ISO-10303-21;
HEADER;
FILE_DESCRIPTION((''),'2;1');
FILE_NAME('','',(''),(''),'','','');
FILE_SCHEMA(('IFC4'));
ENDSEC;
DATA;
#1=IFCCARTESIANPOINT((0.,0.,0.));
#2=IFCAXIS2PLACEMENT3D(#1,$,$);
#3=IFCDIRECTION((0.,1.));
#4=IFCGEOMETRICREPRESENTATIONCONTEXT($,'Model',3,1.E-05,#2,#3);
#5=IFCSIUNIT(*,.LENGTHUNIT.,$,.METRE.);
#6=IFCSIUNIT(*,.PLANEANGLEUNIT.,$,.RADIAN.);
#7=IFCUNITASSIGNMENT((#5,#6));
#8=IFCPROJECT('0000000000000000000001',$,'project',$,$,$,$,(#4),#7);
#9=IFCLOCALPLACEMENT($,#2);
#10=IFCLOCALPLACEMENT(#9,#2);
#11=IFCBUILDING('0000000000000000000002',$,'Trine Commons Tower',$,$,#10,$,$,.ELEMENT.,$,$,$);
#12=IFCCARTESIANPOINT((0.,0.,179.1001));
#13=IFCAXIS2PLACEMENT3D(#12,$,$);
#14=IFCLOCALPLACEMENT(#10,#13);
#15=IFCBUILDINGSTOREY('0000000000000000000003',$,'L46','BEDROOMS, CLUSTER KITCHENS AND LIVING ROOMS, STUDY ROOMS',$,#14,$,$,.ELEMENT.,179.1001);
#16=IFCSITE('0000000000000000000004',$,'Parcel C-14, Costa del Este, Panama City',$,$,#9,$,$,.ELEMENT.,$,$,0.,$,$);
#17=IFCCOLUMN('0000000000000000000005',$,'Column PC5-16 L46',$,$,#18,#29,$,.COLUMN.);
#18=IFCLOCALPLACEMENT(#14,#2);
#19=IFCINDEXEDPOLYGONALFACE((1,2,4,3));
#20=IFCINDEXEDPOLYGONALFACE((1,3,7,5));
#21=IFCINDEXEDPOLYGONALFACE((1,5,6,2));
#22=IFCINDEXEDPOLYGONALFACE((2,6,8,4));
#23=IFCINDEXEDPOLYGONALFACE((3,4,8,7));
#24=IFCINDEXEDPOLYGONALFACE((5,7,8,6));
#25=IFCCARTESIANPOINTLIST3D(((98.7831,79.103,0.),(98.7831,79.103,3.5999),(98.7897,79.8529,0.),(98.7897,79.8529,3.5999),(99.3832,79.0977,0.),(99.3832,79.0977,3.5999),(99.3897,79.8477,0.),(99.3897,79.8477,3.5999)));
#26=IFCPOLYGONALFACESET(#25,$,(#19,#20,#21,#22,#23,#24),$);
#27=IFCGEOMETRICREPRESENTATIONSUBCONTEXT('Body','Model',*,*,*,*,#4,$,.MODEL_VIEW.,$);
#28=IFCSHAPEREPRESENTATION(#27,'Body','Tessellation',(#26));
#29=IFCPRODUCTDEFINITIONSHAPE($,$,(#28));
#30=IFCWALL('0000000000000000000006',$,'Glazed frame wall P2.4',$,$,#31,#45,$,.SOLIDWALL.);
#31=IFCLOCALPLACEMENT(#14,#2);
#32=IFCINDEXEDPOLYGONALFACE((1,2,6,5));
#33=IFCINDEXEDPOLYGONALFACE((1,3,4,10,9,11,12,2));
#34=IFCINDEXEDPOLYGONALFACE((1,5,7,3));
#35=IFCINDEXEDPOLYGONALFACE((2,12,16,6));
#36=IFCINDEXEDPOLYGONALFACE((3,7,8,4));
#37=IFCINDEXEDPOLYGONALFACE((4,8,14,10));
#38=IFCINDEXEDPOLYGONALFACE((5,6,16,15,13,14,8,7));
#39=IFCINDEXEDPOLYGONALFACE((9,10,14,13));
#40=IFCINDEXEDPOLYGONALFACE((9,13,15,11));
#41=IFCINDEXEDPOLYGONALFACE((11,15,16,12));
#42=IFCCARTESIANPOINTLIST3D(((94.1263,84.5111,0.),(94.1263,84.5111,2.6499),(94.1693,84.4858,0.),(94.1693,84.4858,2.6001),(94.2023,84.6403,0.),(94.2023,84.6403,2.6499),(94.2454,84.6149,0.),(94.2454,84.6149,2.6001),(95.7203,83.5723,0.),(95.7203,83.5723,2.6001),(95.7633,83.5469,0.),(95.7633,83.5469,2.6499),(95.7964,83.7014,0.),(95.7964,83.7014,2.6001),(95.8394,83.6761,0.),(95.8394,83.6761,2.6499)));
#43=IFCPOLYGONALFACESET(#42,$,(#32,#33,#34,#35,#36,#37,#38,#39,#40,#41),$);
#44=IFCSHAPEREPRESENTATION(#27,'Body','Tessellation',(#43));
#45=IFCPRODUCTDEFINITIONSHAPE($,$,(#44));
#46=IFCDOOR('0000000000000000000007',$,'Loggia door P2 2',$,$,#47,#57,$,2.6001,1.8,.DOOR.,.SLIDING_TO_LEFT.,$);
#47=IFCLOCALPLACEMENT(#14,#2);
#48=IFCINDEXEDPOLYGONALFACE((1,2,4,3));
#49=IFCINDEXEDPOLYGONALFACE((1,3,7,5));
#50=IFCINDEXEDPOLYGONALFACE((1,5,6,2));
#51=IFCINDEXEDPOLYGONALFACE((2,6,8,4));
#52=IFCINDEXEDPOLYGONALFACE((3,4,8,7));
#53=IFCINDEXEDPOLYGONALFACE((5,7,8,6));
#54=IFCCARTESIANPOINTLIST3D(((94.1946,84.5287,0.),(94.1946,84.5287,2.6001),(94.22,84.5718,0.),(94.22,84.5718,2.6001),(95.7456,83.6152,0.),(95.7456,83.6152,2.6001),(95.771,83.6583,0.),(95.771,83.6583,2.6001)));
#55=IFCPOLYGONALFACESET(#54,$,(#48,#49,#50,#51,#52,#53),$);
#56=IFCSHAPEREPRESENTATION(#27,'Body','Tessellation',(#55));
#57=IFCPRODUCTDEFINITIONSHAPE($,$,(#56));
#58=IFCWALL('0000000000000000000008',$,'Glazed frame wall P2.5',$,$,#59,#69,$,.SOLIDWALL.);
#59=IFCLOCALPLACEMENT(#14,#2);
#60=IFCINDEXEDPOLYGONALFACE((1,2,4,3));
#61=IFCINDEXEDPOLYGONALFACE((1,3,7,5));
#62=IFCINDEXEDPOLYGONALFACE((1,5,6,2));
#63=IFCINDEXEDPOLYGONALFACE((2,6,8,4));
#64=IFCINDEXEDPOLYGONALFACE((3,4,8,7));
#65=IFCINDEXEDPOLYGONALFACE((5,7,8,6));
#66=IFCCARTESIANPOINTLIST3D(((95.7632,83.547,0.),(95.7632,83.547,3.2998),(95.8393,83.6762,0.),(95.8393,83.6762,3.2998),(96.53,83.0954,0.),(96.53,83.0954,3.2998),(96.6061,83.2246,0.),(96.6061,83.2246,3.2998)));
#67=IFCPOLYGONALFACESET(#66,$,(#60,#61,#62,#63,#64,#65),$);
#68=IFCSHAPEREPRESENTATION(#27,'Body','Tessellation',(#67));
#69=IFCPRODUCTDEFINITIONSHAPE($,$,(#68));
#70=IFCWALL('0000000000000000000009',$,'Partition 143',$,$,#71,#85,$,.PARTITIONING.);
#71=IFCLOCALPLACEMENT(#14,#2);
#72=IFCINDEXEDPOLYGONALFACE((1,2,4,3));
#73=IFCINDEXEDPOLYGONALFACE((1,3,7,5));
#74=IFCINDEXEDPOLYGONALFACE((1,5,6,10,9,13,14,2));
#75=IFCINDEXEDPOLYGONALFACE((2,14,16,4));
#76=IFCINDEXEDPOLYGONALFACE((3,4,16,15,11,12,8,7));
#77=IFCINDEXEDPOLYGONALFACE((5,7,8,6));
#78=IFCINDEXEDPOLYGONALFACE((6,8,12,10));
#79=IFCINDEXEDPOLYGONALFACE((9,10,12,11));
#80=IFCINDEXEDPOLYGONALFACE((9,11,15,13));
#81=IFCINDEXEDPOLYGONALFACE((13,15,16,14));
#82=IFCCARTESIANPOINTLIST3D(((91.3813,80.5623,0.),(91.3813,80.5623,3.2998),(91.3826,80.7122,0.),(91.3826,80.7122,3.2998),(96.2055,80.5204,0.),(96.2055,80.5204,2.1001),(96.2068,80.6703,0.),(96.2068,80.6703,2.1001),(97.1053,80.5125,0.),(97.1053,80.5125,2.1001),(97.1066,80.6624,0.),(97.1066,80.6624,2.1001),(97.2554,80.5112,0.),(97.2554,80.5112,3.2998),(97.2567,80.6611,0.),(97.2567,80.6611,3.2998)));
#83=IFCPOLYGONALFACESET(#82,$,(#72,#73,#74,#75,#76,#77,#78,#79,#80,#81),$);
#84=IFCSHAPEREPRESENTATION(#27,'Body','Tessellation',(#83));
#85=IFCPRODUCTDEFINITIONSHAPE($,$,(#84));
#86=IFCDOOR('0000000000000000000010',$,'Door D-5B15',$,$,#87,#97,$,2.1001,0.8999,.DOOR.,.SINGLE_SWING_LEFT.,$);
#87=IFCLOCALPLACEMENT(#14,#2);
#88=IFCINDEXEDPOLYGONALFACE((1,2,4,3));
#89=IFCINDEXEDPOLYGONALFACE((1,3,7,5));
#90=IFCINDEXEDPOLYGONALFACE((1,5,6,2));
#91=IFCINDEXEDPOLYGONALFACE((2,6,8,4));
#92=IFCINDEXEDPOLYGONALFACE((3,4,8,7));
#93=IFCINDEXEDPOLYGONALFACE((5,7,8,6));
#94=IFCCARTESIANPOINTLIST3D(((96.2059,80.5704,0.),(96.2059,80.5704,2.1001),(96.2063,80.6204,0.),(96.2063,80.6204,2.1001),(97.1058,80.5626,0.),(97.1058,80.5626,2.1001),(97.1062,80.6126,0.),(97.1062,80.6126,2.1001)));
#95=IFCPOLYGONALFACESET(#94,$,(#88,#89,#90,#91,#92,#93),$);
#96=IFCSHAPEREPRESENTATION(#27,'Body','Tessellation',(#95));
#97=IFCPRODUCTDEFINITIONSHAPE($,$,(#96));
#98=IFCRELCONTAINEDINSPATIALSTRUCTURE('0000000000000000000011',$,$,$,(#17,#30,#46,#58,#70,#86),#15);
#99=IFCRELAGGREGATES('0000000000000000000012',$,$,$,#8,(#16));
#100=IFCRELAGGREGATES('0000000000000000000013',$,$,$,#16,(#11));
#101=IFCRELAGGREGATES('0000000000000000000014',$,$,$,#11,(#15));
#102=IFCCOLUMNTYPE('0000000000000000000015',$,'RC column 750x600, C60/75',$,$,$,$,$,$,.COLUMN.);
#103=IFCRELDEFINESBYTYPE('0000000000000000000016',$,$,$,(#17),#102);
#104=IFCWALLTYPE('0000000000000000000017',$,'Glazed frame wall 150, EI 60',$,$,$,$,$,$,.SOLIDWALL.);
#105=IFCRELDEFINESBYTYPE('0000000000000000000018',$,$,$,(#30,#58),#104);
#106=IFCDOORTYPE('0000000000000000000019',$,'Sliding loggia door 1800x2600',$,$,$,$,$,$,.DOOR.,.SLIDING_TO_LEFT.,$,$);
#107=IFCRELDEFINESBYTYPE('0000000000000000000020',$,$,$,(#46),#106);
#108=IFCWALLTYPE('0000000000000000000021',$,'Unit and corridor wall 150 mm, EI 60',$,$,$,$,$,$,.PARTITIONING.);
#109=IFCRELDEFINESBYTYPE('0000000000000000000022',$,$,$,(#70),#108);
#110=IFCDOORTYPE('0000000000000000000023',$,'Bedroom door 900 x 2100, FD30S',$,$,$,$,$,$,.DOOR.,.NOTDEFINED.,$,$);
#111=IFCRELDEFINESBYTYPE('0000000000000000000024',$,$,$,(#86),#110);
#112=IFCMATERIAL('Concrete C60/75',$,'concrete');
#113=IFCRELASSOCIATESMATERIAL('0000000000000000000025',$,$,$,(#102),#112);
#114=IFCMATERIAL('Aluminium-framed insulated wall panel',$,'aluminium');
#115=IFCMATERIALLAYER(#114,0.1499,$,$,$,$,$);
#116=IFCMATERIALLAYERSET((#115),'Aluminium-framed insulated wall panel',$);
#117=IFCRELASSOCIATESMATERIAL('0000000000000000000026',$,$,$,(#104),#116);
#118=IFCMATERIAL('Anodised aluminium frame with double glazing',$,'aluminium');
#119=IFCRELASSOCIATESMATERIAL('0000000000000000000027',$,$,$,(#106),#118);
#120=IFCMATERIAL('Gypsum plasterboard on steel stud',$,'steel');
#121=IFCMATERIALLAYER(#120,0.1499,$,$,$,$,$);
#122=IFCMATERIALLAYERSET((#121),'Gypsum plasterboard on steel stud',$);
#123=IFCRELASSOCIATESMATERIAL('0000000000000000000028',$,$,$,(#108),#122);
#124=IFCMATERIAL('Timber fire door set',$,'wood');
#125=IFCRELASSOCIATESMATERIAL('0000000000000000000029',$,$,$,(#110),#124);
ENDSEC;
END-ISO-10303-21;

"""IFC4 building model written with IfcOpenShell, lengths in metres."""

from ifc_helpers import new_model, si_unit, direction, frame, frame_2d, origin, origin_2d, place, context, subcontext, project, spatial, polyline, rectangle, outline, extrude, material, layer, layer_set, material_profile, profile_set, type_object, element, fill, save


model = new_model("IFC4")

# Units and contexts
model_context = context("Model", 3, precision=1e-05, world=origin(), true_north=direction((0.0, 1.0)))
body_context = subcontext(model_context, "Body", "Model", "MODEL_VIEW")
ifc_project = project(units=[si_unit("LENGTHUNIT", "METRE"), si_unit("PLANEANGLEUNIT", "RADIAN")], contexts=[model_context])

# Site, building, storey
site_placement = place(None, origin())
site = spatial("IfcSite", under=ifc_project, at=site_placement, Name="Parcel C-14, Costa del Este, Panama City", CompositionType="ELEMENT", RefElevation=0.0)
building_placement = place(site_placement, origin())
building = spatial("IfcBuilding", under=site, at=building_placement, Name="Trine Commons Tower", CompositionType="ELEMENT")
storey_placement = place(building_placement, frame((0.0, 0.0, 179.1001)))
storey = spatial("IfcBuildingStorey", under=building, at=storey_placement, Name="L46", Description="BEDROOMS, CLUSTER KITCHENS AND LIVING ROOMS, STUDY ROOMS", CompositionType="ELEMENT", Elevation=179.1001)

# Column
ifc_material_1 = material(Name="Concrete C60/75", Category="concrete")
ifc_material_profile = material_profile(ifc_material_1, rectangle(XDim=0.75, YDim=0.6001, at=origin_2d()), Name="RC 750x600")
ifc_profile_set = profile_set([ifc_material_profile], Name="Concrete C60/75")
column_type = type_object("IfcColumnType", Name="RC column 750x600, C60/75", PredefinedType="COLUMN", material=ifc_profile_set)
column_placement = place(storey_placement, frame((99.0864, 79.4753, 0.0), z_axis=(0.0, 0.0, 1.0), x_axis=(0.008727, 0.999962, 0.0)))
element("IfcColumn", 1, at=column_placement, inside=storey, type_object=column_type, Name="Column PC5-16 L46", PredefinedType="COLUMN", context=body_context, shape_type="SweptSolid", body=[
    extrude(rectangle(XDim=0.75, YDim=0.6001, at=origin_2d()), origin(), (0.0, 0.0, 1.0), 3.5999),
])

# Wall, opening, door
ifc_material_2 = material(Name="Aluminium-framed insulated wall panel", Category="aluminium")
ifc_layer_1 = layer(ifc_material_2, 0.1499)
ifc_layer_set_1 = layer_set([ifc_layer_1], Name="Aluminium-framed insulated wall panel")
wall_type_1 = type_object("IfcWallType", Name="Glazed frame wall 150, EI 60", PredefinedType="SOLIDWALL", material=ifc_layer_set_1)
wall_1_placement = place(storey_placement, frame((94.1643, 84.5757, 0.0), z_axis=(0.0, 0.0, 1.0), x_axis=(0.86166, -0.507486, 0.0)))
wall_1 = element("IfcWall", 2, at=wall_1_placement, inside=storey, type_object=wall_type_1, Name="Glazed frame wall P2.4", PredefinedType="SOLIDWALL", context=body_context, shape_type="SweptSolid", body=[
    extrude(outline(polyline([(0.0, -0.075), (1.8999, -0.075), (1.8999, 0.075), (0.0, 0.075), (0.0, -0.075)])), origin(), (0.0, 0.0, 1.0), 2.6499),
])
opening_1_placement = place(wall_1_placement, frame((0.05, 0.0, 0.0)))
opening_1 = element("IfcOpeningElement", 3, at=opening_1_placement, cuts=wall_1, PredefinedType="OPENING", context=body_context, shape_type="SweptSolid", body=[
    extrude(rectangle(XDim=1.8, YDim=2.6001, at=frame_2d((0.8999, 1.3))), frame((0.0, 0.085, 0.0), z_axis=(0.0, -1.0, 0.0), x_axis=(1.0, 0.0, 0.0)), (0.0, 0.0, 1.0), 0.1699),
])
ifc_material_3 = material(Name="Anodised aluminium frame with double glazing", Category="aluminium")
door_type_1 = type_object("IfcDoorType", Name="Sliding loggia door 1800x2600", OperationType="SLIDING_TO_LEFT", PredefinedType="DOOR", material=ifc_material_3)
door_1_placement = place(opening_1_placement, origin())
door_1 = element("IfcDoor", 4, at=door_1_placement, inside=storey, type_object=door_type_1, Name="Loggia door P2 2", OperationType="SLIDING_TO_LEFT", OverallHeight=2.6001, OverallWidth=1.8, PredefinedType="DOOR", context=body_context, shape_type="SweptSolid", body=[
    extrude(rectangle(XDim=1.8, YDim=2.6001, at=frame_2d((0.8999, 1.3))), frame((0.0, 0.0249, 0.0), z_axis=(0.0, -1.0, 0.0), x_axis=(1.0, 0.0, 0.0)), (0.0, 0.0, 1.0), 0.05),
])
fill(opening_1, door_1)

# Wall
wall_2_placement = place(storey_placement, frame((95.8013, 83.6116, 0.0), z_axis=(0.0, 0.0, 1.0), x_axis=(0.861664, -0.507479, 0.0)))
element("IfcWall", 5, at=wall_2_placement, inside=storey, type_object=wall_type_1, Name="Glazed frame wall P2.5", PredefinedType="SOLIDWALL", context=body_context, shape_type="SweptSolid", body=[
    extrude(outline(polyline([(0.8899, 0.075), (0.0, 0.075), (0.0, -0.075), (0.8899, -0.075), (0.8899, 0.075)])), origin(), (0.0, 0.0, 1.0), 3.2998),
])

# Wall, opening, door
ifc_material_4 = material(Name="Gypsum plasterboard on steel stud", Category="steel")
ifc_layer_2 = layer(ifc_material_4, 0.1499)
ifc_layer_set_2 = layer_set([ifc_layer_2], Name="Gypsum plasterboard on steel stud")
wall_type_2 = type_object("IfcWallType", Name="Unit and corridor wall 150 mm, EI 60", PredefinedType="PARTITIONING", material=ifc_layer_set_2)
wall_3_placement = place(storey_placement, frame((91.3821, 80.6372, 0.0), z_axis=(0.0, 0.0, 1.0), x_axis=(0.999962, -0.008686, 0.0)))
wall_3 = element("IfcWall", 6, at=wall_3_placement, inside=storey, type_object=wall_type_2, Name="Partition 143", PredefinedType="PARTITIONING", context=body_context, shape_type="SweptSolid", body=[
    extrude(rectangle(XDim=5.8743, YDim=0.1499, at=frame_2d((2.937, 0.0))), origin(), (0.0, 0.0, 1.0), 3.2998),
])
opening_2_placement = place(wall_3_placement, frame((4.8242, 0.0, 0.0)))
opening_2 = element("IfcOpeningElement", 7, at=opening_2_placement, cuts=wall_3, PredefinedType="OPENING", context=body_context, shape_type="SweptSolid", body=[
    extrude(rectangle(XDim=0.8999, YDim=2.1001, at=frame_2d((0.45, 1.05))), frame((0.0, 0.085, 0.0), z_axis=(0.0, -1.0, 0.0), x_axis=(1.0, 0.0, 0.0)), (0.0, 0.0, 1.0), 0.1699),
])
ifc_material_5 = material(Name="Timber fire door set", Category="wood")
door_type_2 = type_object("IfcDoorType", Name="Bedroom door 900 x 2100, FD30S", OperationType="NOTDEFINED", PredefinedType="DOOR", material=ifc_material_5)
door_2_placement = place(opening_2_placement, frame((0.8999, 0.0, 0.0), z_axis=(0.0, 0.0, 1.0), x_axis=(-1.0, 0.0, 0.0)))
door_2 = element("IfcDoor", 8, at=door_2_placement, inside=storey, type_object=door_type_2, Name="Door D-5B15", OperationType="SINGLE_SWING_LEFT", OverallHeight=2.1001, OverallWidth=0.8999, PredefinedType="DOOR", context=body_context, shape_type="SweptSolid", body=[
    extrude(rectangle(XDim=0.8999, YDim=2.1001, at=frame_2d((0.45, 1.05))), frame((0.0, 0.0249, 0.0), z_axis=(0.0, -1.0, 0.0), x_axis=(1.0, 0.0, 0.0)), (0.0, 0.0, 1.0), 0.05),
])
fill(opening_2, door_2)

save(model, "model.ifc")
